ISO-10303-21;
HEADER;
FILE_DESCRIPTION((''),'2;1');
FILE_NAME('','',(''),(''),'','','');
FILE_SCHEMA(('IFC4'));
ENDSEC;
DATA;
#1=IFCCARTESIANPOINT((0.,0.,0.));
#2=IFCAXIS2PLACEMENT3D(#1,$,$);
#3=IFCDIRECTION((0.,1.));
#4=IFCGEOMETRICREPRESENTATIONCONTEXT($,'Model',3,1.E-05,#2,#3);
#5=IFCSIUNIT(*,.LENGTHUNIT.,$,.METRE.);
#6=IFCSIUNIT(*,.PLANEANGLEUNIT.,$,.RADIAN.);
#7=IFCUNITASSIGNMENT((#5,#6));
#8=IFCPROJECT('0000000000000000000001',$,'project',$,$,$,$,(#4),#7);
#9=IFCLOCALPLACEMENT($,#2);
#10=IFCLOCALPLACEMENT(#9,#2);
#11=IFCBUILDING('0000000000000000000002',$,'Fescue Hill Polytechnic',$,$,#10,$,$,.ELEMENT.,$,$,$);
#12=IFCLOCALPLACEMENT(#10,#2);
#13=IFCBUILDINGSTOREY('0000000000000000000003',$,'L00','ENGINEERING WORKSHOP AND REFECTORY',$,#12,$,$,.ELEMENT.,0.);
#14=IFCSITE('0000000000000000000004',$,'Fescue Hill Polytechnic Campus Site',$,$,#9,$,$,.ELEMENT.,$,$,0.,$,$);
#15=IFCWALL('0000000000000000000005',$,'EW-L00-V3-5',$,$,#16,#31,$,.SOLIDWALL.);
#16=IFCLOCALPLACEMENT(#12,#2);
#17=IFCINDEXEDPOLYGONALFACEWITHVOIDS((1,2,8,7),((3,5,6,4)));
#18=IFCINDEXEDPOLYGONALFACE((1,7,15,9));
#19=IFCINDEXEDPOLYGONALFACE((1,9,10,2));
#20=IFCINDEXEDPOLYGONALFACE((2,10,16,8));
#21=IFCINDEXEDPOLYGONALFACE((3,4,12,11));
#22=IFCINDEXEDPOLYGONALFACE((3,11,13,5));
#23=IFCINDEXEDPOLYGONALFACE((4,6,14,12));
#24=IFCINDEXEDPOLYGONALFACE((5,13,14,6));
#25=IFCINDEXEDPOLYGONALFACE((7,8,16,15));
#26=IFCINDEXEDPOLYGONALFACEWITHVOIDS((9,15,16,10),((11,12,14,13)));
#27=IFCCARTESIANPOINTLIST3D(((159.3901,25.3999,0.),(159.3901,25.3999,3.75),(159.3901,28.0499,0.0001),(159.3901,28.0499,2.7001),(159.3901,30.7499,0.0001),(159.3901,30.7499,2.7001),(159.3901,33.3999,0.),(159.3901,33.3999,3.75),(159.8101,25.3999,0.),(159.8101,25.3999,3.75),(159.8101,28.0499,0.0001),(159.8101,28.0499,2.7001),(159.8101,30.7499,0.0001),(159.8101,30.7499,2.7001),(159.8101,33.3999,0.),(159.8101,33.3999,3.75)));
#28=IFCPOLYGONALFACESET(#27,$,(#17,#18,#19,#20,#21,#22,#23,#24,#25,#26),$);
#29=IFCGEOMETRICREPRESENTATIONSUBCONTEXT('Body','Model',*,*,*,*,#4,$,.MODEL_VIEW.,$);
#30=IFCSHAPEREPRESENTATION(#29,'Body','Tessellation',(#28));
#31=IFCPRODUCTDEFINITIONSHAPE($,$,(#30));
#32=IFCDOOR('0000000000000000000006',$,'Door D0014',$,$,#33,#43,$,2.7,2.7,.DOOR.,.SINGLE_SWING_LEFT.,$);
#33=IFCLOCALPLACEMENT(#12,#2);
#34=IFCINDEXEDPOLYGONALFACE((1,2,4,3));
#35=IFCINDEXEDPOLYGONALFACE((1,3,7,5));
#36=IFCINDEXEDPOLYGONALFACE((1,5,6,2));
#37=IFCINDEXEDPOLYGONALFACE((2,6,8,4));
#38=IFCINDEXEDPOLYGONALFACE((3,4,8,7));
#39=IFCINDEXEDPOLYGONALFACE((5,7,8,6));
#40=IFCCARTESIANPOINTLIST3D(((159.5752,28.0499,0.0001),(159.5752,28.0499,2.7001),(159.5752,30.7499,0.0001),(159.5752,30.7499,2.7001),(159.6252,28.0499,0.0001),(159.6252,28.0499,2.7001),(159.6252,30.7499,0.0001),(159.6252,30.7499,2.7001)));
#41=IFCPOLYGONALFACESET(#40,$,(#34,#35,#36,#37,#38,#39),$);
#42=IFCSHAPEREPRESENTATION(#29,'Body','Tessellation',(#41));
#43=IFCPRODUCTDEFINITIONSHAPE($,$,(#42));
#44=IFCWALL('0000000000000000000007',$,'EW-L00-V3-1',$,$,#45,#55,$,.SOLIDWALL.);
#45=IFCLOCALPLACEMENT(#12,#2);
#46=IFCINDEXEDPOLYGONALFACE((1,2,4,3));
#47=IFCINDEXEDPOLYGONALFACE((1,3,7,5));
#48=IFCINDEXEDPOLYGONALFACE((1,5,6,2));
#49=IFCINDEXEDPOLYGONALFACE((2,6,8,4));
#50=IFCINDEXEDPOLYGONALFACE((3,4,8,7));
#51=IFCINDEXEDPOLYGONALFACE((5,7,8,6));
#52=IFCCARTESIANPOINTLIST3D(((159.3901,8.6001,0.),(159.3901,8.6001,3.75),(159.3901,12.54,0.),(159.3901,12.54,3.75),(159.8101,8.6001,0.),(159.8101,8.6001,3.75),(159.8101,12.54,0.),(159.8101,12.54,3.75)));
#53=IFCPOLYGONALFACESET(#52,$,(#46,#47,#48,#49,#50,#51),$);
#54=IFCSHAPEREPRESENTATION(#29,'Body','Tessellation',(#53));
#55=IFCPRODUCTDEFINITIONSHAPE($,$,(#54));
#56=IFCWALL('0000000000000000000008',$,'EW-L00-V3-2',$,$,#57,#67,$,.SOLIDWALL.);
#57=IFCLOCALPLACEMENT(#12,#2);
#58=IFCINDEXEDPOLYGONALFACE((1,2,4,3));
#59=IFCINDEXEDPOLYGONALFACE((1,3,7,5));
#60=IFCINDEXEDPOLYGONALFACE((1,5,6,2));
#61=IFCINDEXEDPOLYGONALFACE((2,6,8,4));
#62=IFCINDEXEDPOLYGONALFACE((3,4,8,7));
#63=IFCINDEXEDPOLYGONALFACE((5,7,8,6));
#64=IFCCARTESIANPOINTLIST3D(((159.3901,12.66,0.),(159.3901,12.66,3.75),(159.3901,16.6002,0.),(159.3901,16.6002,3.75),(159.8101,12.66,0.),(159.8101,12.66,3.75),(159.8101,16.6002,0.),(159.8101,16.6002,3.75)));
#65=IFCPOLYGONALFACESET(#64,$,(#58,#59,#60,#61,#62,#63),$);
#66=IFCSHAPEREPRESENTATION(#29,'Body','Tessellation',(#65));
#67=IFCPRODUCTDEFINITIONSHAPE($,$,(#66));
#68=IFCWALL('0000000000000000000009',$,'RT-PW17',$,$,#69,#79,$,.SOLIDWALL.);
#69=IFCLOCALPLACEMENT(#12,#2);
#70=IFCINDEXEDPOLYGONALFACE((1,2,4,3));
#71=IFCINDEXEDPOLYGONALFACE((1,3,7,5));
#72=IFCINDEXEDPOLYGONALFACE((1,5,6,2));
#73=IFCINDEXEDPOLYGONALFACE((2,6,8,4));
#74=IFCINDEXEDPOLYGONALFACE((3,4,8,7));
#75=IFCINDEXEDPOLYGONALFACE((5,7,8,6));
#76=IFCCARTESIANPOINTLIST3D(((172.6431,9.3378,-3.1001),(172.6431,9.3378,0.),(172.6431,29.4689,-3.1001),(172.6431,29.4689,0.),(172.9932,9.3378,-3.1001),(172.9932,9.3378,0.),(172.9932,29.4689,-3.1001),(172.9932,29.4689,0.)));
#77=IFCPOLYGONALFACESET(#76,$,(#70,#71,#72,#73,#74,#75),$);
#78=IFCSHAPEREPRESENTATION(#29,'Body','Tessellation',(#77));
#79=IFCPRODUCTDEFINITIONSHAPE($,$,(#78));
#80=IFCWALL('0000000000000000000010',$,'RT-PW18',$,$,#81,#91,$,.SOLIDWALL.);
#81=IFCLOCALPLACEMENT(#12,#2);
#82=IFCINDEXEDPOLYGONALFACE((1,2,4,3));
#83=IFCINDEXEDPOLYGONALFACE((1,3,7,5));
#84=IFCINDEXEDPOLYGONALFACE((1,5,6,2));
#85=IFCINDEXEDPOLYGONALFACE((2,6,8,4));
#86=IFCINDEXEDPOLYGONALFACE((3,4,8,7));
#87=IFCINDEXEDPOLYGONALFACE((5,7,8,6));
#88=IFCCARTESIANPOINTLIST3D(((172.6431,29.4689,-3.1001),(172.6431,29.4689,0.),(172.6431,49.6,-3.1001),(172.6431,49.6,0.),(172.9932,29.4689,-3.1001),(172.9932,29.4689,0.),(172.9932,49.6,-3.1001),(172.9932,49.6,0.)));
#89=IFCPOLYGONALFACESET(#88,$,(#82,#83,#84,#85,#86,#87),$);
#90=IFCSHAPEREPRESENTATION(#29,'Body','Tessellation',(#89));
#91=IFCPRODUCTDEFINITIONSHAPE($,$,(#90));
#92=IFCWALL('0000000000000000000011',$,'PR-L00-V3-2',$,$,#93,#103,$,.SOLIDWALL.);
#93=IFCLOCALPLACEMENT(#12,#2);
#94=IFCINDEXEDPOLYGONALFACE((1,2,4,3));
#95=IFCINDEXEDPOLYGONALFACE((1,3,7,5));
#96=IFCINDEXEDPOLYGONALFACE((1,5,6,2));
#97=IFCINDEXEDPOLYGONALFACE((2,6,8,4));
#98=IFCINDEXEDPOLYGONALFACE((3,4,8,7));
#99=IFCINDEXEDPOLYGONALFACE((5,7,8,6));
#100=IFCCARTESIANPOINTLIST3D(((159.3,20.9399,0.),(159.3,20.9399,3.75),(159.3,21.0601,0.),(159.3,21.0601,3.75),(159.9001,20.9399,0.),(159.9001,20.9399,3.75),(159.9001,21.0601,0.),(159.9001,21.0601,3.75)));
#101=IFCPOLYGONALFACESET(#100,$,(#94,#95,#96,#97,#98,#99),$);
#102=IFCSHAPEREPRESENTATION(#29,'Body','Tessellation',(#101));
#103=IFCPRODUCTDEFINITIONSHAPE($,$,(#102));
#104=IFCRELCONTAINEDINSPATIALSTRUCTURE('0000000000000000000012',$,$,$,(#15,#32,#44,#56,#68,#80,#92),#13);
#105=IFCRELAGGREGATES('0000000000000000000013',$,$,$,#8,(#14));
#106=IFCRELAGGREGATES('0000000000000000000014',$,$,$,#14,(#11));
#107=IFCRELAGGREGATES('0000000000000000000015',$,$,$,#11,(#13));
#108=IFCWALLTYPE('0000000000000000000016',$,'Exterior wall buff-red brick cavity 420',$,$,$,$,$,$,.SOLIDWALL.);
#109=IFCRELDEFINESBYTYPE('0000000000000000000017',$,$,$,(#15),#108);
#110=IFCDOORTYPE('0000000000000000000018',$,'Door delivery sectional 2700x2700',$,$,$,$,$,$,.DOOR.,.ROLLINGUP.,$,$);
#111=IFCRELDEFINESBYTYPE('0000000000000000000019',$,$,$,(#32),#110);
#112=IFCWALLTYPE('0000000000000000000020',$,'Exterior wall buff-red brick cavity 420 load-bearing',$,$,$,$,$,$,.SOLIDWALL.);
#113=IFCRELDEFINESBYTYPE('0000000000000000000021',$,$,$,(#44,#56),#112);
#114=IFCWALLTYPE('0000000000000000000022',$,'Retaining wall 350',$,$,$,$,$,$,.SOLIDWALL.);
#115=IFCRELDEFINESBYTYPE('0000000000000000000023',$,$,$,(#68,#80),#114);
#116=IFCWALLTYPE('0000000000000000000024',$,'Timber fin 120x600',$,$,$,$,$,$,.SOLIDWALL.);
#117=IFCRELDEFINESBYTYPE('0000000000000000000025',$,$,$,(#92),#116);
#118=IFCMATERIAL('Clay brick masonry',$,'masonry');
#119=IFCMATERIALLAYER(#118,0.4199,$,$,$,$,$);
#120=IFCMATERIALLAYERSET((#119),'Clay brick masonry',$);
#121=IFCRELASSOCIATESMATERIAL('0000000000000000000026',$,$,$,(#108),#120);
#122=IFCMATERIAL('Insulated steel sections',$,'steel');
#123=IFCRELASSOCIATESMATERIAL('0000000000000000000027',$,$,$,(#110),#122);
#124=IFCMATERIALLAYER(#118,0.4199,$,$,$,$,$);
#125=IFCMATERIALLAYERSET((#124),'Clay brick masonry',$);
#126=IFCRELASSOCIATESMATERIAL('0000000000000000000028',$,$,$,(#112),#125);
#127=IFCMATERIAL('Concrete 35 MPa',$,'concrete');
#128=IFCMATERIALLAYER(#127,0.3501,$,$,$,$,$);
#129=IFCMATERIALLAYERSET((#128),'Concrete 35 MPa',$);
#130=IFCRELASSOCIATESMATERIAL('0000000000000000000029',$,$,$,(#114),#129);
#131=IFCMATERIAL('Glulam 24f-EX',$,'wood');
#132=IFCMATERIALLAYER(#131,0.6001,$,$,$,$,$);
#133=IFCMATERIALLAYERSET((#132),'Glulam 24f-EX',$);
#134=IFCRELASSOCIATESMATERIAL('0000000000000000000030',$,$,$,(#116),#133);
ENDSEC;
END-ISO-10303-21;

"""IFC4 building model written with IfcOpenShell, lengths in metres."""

from ifc_helpers import new_model, si_unit, direction, frame, frame_2d, origin, place, context, subcontext, project, spatial, rectangle, extrude, material, layer, layer_set, type_object, element, fill, save


model = new_model("IFC4")

# Units and contexts
model_context = context("Model", 3, precision=1e-05, world=origin(), true_north=direction((0.0, 1.0)))
body_context = subcontext(model_context, "Body", "Model", "MODEL_VIEW")
ifc_project = project(units=[si_unit("LENGTHUNIT", "METRE"), si_unit("PLANEANGLEUNIT", "RADIAN")], contexts=[model_context])

# Site, building, storey
site_placement = place(None, origin())
site = spatial("IfcSite", under=ifc_project, at=site_placement, Name="Fescue Hill Polytechnic Campus Site", CompositionType="ELEMENT", RefElevation=0.0)
building_placement = place(site_placement, origin())
building = spatial("IfcBuilding", under=site, at=building_placement, Name="Fescue Hill Polytechnic", CompositionType="ELEMENT")
storey_placement = place(building_placement, origin())
storey = spatial("IfcBuildingStorey", under=building, at=storey_placement, Name="L00", Description="ENGINEERING WORKSHOP AND REFECTORY", CompositionType="ELEMENT", Elevation=0.0)

# Shared definitions
ifc_material_1 = material(Name="Clay brick masonry", Category="masonry")
ifc_layer_1 = layer(ifc_material_1, 0.4199)
ifc_layer_set_1 = layer_set([ifc_layer_1], Name="Clay brick masonry")
wall_type_1 = type_object("IfcWallType", Name="Exterior wall buff-red brick cavity 420", PredefinedType="SOLIDWALL", material=ifc_layer_set_1)

# Wall, opening, door
wall_1_placement = place(storey_placement, frame((159.6001, 25.3999, 0.0), z_axis=(0.0, 0.0, 1.0), x_axis=(0.0, 1.0, 0.0)))
wall_1 = element("IfcWall", 1, at=wall_1_placement, inside=storey, type_object=wall_type_1, Name="EW-L00-V3-5", PredefinedType="SOLIDWALL", context=body_context, shape_type="SweptSolid", body=[
    extrude(rectangle(XDim=8.0, YDim=0.4199, at=frame_2d((4.0, 0.0))), origin(), (0.0, 0.0, 1.0), 3.75),
])
opening_1_placement = place(wall_1_placement, frame((2.6499, 0.0, 0.0)))
opening_1 = element("IfcOpeningElement", 2, at=opening_1_placement, cuts=wall_1, PredefinedType="OPENING", context=body_context, shape_type="SweptSolid", body=[
    extrude(rectangle(XDim=2.7, YDim=2.7, at=frame_2d((1.3501, 1.3501))), frame((0.0, 0.22, 0.0), z_axis=(0.0, -1.0, 0.0), x_axis=(1.0, 0.0, 0.0)), (0.0, 0.0, 1.0), 0.4399),
])
ifc_material_2 = material(Name="Insulated steel sections", Category="steel")
door_type_1 = type_object("IfcDoorType", Name="Door delivery sectional 2700x2700", OperationType="ROLLINGUP", PredefinedType="DOOR", material=ifc_material_2)
door_1_placement = place(opening_1_placement, origin())
door_1 = element("IfcDoor", 3, at=door_1_placement, inside=storey, type_object=door_type_1, Name="Door D0014", OperationType="SINGLE_SWING_LEFT", OverallHeight=2.7, OverallWidth=2.7, PredefinedType="DOOR", context=body_context, shape_type="SweptSolid", body=[
    extrude(rectangle(XDim=2.7, YDim=2.7, at=frame_2d((1.3501, 1.3501))), frame((0.0, 0.0249, 0.0), z_axis=(0.0, -1.0, 0.0), x_axis=(1.0, 0.0, 0.0)), (0.0, 0.0, 1.0), 0.05),
])
fill(opening_1, door_1)

# Walls
ifc_layer_2 = layer(ifc_material_1, 0.4199)
ifc_layer_set_2 = layer_set([ifc_layer_2], Name="Clay brick masonry")
wall_type_2 = type_object("IfcWallType", Name="Exterior wall buff-red brick cavity 420 load-bearing", PredefinedType="SOLIDWALL", material=ifc_layer_set_2)
wall_2_placement = place(storey_placement, frame((159.6001, 8.6001, 0.0), z_axis=(0.0, 0.0, 1.0), x_axis=(0.0, 1.0, 0.0)))
element("IfcWall", 4, at=wall_2_placement, inside=storey, type_object=wall_type_2, Name="EW-L00-V3-1", PredefinedType="SOLIDWALL", context=body_context, shape_type="SweptSolid", body=[
    extrude(rectangle(XDim=3.9399, YDim=0.4199, at=frame_2d((1.97, 0.0))), origin(), (0.0, 0.0, 1.0), 3.75),
])
wall_3_placement = place(storey_placement, frame((159.6001, 12.6599, 0.0), z_axis=(0.0, 0.0, 1.0), x_axis=(0.0, 1.0, 0.0)))
element("IfcWall", 5, at=wall_3_placement, inside=storey, type_object=wall_type_2, Name="EW-L00-V3-2", PredefinedType="SOLIDWALL", context=body_context, shape_type="SweptSolid", body=[
    extrude(rectangle(XDim=3.9402, YDim=0.4199, at=frame_2d((1.9702, 0.0))), origin(), (0.0, 0.0, 1.0), 3.75),
])
ifc_material_3 = material(Name="Concrete 35 MPa", Category="concrete")
ifc_layer_3 = layer(ifc_material_3, 0.3501)
ifc_layer_set_3 = layer_set([ifc_layer_3], Name="Concrete 35 MPa")
wall_type_3 = type_object("IfcWallType", Name="Retaining wall 350", PredefinedType="SOLIDWALL", material=ifc_layer_set_3)
for number, where, z_axis, x_axis, name in (
    (6, (172.8181, 9.3379, -3.1001), (0.0, 0.0, 1.0), (0.0, 1.0, 0.0), "RT-PW17"),
    (7, (172.8181, 29.469, -3.1001), (0.0, 0.0, 1.0), (0.0, 1.0, 0.0), "RT-PW18"),
):
    element("IfcWall", number, at=place(storey_placement, frame(where, z_axis=z_axis, x_axis=x_axis)), inside=storey, type_object=wall_type_3, Name=name, PredefinedType="SOLIDWALL", context=body_context, shape_type="SweptSolid", body=[
        extrude(rectangle(XDim=20.1311, YDim=0.3501, at=frame_2d((10.0654, 0.0))), origin(), (0.0, 0.0, 1.0), 3.1001),
    ])
ifc_material_4 = material(Name="Glulam 24f-EX", Category="wood")
ifc_layer_4 = layer(ifc_material_4, 0.6001)
ifc_layer_set_4 = layer_set([ifc_layer_4], Name="Glulam 24f-EX")
wall_type_4 = type_object("IfcWallType", Name="Timber fin 120x600", PredefinedType="SOLIDWALL", material=ifc_layer_set_4)
wall_4_placement = place(storey_placement, frame((159.6001, 20.9399, 0.0), z_axis=(0.0, 0.0, 1.0), x_axis=(0.0, 1.0, 0.0)))
element("IfcWall", 8, at=wall_4_placement, inside=storey, type_object=wall_type_4, Name="PR-L00-V3-2", PredefinedType="SOLIDWALL", context=body_context, shape_type="SweptSolid", body=[
    extrude(rectangle(XDim=0.1201, YDim=0.6001, at=frame_2d((0.0601, 0.0))), origin(), (0.0, 0.0, 1.0), 3.75),
])

save(model, "model.ifc")
